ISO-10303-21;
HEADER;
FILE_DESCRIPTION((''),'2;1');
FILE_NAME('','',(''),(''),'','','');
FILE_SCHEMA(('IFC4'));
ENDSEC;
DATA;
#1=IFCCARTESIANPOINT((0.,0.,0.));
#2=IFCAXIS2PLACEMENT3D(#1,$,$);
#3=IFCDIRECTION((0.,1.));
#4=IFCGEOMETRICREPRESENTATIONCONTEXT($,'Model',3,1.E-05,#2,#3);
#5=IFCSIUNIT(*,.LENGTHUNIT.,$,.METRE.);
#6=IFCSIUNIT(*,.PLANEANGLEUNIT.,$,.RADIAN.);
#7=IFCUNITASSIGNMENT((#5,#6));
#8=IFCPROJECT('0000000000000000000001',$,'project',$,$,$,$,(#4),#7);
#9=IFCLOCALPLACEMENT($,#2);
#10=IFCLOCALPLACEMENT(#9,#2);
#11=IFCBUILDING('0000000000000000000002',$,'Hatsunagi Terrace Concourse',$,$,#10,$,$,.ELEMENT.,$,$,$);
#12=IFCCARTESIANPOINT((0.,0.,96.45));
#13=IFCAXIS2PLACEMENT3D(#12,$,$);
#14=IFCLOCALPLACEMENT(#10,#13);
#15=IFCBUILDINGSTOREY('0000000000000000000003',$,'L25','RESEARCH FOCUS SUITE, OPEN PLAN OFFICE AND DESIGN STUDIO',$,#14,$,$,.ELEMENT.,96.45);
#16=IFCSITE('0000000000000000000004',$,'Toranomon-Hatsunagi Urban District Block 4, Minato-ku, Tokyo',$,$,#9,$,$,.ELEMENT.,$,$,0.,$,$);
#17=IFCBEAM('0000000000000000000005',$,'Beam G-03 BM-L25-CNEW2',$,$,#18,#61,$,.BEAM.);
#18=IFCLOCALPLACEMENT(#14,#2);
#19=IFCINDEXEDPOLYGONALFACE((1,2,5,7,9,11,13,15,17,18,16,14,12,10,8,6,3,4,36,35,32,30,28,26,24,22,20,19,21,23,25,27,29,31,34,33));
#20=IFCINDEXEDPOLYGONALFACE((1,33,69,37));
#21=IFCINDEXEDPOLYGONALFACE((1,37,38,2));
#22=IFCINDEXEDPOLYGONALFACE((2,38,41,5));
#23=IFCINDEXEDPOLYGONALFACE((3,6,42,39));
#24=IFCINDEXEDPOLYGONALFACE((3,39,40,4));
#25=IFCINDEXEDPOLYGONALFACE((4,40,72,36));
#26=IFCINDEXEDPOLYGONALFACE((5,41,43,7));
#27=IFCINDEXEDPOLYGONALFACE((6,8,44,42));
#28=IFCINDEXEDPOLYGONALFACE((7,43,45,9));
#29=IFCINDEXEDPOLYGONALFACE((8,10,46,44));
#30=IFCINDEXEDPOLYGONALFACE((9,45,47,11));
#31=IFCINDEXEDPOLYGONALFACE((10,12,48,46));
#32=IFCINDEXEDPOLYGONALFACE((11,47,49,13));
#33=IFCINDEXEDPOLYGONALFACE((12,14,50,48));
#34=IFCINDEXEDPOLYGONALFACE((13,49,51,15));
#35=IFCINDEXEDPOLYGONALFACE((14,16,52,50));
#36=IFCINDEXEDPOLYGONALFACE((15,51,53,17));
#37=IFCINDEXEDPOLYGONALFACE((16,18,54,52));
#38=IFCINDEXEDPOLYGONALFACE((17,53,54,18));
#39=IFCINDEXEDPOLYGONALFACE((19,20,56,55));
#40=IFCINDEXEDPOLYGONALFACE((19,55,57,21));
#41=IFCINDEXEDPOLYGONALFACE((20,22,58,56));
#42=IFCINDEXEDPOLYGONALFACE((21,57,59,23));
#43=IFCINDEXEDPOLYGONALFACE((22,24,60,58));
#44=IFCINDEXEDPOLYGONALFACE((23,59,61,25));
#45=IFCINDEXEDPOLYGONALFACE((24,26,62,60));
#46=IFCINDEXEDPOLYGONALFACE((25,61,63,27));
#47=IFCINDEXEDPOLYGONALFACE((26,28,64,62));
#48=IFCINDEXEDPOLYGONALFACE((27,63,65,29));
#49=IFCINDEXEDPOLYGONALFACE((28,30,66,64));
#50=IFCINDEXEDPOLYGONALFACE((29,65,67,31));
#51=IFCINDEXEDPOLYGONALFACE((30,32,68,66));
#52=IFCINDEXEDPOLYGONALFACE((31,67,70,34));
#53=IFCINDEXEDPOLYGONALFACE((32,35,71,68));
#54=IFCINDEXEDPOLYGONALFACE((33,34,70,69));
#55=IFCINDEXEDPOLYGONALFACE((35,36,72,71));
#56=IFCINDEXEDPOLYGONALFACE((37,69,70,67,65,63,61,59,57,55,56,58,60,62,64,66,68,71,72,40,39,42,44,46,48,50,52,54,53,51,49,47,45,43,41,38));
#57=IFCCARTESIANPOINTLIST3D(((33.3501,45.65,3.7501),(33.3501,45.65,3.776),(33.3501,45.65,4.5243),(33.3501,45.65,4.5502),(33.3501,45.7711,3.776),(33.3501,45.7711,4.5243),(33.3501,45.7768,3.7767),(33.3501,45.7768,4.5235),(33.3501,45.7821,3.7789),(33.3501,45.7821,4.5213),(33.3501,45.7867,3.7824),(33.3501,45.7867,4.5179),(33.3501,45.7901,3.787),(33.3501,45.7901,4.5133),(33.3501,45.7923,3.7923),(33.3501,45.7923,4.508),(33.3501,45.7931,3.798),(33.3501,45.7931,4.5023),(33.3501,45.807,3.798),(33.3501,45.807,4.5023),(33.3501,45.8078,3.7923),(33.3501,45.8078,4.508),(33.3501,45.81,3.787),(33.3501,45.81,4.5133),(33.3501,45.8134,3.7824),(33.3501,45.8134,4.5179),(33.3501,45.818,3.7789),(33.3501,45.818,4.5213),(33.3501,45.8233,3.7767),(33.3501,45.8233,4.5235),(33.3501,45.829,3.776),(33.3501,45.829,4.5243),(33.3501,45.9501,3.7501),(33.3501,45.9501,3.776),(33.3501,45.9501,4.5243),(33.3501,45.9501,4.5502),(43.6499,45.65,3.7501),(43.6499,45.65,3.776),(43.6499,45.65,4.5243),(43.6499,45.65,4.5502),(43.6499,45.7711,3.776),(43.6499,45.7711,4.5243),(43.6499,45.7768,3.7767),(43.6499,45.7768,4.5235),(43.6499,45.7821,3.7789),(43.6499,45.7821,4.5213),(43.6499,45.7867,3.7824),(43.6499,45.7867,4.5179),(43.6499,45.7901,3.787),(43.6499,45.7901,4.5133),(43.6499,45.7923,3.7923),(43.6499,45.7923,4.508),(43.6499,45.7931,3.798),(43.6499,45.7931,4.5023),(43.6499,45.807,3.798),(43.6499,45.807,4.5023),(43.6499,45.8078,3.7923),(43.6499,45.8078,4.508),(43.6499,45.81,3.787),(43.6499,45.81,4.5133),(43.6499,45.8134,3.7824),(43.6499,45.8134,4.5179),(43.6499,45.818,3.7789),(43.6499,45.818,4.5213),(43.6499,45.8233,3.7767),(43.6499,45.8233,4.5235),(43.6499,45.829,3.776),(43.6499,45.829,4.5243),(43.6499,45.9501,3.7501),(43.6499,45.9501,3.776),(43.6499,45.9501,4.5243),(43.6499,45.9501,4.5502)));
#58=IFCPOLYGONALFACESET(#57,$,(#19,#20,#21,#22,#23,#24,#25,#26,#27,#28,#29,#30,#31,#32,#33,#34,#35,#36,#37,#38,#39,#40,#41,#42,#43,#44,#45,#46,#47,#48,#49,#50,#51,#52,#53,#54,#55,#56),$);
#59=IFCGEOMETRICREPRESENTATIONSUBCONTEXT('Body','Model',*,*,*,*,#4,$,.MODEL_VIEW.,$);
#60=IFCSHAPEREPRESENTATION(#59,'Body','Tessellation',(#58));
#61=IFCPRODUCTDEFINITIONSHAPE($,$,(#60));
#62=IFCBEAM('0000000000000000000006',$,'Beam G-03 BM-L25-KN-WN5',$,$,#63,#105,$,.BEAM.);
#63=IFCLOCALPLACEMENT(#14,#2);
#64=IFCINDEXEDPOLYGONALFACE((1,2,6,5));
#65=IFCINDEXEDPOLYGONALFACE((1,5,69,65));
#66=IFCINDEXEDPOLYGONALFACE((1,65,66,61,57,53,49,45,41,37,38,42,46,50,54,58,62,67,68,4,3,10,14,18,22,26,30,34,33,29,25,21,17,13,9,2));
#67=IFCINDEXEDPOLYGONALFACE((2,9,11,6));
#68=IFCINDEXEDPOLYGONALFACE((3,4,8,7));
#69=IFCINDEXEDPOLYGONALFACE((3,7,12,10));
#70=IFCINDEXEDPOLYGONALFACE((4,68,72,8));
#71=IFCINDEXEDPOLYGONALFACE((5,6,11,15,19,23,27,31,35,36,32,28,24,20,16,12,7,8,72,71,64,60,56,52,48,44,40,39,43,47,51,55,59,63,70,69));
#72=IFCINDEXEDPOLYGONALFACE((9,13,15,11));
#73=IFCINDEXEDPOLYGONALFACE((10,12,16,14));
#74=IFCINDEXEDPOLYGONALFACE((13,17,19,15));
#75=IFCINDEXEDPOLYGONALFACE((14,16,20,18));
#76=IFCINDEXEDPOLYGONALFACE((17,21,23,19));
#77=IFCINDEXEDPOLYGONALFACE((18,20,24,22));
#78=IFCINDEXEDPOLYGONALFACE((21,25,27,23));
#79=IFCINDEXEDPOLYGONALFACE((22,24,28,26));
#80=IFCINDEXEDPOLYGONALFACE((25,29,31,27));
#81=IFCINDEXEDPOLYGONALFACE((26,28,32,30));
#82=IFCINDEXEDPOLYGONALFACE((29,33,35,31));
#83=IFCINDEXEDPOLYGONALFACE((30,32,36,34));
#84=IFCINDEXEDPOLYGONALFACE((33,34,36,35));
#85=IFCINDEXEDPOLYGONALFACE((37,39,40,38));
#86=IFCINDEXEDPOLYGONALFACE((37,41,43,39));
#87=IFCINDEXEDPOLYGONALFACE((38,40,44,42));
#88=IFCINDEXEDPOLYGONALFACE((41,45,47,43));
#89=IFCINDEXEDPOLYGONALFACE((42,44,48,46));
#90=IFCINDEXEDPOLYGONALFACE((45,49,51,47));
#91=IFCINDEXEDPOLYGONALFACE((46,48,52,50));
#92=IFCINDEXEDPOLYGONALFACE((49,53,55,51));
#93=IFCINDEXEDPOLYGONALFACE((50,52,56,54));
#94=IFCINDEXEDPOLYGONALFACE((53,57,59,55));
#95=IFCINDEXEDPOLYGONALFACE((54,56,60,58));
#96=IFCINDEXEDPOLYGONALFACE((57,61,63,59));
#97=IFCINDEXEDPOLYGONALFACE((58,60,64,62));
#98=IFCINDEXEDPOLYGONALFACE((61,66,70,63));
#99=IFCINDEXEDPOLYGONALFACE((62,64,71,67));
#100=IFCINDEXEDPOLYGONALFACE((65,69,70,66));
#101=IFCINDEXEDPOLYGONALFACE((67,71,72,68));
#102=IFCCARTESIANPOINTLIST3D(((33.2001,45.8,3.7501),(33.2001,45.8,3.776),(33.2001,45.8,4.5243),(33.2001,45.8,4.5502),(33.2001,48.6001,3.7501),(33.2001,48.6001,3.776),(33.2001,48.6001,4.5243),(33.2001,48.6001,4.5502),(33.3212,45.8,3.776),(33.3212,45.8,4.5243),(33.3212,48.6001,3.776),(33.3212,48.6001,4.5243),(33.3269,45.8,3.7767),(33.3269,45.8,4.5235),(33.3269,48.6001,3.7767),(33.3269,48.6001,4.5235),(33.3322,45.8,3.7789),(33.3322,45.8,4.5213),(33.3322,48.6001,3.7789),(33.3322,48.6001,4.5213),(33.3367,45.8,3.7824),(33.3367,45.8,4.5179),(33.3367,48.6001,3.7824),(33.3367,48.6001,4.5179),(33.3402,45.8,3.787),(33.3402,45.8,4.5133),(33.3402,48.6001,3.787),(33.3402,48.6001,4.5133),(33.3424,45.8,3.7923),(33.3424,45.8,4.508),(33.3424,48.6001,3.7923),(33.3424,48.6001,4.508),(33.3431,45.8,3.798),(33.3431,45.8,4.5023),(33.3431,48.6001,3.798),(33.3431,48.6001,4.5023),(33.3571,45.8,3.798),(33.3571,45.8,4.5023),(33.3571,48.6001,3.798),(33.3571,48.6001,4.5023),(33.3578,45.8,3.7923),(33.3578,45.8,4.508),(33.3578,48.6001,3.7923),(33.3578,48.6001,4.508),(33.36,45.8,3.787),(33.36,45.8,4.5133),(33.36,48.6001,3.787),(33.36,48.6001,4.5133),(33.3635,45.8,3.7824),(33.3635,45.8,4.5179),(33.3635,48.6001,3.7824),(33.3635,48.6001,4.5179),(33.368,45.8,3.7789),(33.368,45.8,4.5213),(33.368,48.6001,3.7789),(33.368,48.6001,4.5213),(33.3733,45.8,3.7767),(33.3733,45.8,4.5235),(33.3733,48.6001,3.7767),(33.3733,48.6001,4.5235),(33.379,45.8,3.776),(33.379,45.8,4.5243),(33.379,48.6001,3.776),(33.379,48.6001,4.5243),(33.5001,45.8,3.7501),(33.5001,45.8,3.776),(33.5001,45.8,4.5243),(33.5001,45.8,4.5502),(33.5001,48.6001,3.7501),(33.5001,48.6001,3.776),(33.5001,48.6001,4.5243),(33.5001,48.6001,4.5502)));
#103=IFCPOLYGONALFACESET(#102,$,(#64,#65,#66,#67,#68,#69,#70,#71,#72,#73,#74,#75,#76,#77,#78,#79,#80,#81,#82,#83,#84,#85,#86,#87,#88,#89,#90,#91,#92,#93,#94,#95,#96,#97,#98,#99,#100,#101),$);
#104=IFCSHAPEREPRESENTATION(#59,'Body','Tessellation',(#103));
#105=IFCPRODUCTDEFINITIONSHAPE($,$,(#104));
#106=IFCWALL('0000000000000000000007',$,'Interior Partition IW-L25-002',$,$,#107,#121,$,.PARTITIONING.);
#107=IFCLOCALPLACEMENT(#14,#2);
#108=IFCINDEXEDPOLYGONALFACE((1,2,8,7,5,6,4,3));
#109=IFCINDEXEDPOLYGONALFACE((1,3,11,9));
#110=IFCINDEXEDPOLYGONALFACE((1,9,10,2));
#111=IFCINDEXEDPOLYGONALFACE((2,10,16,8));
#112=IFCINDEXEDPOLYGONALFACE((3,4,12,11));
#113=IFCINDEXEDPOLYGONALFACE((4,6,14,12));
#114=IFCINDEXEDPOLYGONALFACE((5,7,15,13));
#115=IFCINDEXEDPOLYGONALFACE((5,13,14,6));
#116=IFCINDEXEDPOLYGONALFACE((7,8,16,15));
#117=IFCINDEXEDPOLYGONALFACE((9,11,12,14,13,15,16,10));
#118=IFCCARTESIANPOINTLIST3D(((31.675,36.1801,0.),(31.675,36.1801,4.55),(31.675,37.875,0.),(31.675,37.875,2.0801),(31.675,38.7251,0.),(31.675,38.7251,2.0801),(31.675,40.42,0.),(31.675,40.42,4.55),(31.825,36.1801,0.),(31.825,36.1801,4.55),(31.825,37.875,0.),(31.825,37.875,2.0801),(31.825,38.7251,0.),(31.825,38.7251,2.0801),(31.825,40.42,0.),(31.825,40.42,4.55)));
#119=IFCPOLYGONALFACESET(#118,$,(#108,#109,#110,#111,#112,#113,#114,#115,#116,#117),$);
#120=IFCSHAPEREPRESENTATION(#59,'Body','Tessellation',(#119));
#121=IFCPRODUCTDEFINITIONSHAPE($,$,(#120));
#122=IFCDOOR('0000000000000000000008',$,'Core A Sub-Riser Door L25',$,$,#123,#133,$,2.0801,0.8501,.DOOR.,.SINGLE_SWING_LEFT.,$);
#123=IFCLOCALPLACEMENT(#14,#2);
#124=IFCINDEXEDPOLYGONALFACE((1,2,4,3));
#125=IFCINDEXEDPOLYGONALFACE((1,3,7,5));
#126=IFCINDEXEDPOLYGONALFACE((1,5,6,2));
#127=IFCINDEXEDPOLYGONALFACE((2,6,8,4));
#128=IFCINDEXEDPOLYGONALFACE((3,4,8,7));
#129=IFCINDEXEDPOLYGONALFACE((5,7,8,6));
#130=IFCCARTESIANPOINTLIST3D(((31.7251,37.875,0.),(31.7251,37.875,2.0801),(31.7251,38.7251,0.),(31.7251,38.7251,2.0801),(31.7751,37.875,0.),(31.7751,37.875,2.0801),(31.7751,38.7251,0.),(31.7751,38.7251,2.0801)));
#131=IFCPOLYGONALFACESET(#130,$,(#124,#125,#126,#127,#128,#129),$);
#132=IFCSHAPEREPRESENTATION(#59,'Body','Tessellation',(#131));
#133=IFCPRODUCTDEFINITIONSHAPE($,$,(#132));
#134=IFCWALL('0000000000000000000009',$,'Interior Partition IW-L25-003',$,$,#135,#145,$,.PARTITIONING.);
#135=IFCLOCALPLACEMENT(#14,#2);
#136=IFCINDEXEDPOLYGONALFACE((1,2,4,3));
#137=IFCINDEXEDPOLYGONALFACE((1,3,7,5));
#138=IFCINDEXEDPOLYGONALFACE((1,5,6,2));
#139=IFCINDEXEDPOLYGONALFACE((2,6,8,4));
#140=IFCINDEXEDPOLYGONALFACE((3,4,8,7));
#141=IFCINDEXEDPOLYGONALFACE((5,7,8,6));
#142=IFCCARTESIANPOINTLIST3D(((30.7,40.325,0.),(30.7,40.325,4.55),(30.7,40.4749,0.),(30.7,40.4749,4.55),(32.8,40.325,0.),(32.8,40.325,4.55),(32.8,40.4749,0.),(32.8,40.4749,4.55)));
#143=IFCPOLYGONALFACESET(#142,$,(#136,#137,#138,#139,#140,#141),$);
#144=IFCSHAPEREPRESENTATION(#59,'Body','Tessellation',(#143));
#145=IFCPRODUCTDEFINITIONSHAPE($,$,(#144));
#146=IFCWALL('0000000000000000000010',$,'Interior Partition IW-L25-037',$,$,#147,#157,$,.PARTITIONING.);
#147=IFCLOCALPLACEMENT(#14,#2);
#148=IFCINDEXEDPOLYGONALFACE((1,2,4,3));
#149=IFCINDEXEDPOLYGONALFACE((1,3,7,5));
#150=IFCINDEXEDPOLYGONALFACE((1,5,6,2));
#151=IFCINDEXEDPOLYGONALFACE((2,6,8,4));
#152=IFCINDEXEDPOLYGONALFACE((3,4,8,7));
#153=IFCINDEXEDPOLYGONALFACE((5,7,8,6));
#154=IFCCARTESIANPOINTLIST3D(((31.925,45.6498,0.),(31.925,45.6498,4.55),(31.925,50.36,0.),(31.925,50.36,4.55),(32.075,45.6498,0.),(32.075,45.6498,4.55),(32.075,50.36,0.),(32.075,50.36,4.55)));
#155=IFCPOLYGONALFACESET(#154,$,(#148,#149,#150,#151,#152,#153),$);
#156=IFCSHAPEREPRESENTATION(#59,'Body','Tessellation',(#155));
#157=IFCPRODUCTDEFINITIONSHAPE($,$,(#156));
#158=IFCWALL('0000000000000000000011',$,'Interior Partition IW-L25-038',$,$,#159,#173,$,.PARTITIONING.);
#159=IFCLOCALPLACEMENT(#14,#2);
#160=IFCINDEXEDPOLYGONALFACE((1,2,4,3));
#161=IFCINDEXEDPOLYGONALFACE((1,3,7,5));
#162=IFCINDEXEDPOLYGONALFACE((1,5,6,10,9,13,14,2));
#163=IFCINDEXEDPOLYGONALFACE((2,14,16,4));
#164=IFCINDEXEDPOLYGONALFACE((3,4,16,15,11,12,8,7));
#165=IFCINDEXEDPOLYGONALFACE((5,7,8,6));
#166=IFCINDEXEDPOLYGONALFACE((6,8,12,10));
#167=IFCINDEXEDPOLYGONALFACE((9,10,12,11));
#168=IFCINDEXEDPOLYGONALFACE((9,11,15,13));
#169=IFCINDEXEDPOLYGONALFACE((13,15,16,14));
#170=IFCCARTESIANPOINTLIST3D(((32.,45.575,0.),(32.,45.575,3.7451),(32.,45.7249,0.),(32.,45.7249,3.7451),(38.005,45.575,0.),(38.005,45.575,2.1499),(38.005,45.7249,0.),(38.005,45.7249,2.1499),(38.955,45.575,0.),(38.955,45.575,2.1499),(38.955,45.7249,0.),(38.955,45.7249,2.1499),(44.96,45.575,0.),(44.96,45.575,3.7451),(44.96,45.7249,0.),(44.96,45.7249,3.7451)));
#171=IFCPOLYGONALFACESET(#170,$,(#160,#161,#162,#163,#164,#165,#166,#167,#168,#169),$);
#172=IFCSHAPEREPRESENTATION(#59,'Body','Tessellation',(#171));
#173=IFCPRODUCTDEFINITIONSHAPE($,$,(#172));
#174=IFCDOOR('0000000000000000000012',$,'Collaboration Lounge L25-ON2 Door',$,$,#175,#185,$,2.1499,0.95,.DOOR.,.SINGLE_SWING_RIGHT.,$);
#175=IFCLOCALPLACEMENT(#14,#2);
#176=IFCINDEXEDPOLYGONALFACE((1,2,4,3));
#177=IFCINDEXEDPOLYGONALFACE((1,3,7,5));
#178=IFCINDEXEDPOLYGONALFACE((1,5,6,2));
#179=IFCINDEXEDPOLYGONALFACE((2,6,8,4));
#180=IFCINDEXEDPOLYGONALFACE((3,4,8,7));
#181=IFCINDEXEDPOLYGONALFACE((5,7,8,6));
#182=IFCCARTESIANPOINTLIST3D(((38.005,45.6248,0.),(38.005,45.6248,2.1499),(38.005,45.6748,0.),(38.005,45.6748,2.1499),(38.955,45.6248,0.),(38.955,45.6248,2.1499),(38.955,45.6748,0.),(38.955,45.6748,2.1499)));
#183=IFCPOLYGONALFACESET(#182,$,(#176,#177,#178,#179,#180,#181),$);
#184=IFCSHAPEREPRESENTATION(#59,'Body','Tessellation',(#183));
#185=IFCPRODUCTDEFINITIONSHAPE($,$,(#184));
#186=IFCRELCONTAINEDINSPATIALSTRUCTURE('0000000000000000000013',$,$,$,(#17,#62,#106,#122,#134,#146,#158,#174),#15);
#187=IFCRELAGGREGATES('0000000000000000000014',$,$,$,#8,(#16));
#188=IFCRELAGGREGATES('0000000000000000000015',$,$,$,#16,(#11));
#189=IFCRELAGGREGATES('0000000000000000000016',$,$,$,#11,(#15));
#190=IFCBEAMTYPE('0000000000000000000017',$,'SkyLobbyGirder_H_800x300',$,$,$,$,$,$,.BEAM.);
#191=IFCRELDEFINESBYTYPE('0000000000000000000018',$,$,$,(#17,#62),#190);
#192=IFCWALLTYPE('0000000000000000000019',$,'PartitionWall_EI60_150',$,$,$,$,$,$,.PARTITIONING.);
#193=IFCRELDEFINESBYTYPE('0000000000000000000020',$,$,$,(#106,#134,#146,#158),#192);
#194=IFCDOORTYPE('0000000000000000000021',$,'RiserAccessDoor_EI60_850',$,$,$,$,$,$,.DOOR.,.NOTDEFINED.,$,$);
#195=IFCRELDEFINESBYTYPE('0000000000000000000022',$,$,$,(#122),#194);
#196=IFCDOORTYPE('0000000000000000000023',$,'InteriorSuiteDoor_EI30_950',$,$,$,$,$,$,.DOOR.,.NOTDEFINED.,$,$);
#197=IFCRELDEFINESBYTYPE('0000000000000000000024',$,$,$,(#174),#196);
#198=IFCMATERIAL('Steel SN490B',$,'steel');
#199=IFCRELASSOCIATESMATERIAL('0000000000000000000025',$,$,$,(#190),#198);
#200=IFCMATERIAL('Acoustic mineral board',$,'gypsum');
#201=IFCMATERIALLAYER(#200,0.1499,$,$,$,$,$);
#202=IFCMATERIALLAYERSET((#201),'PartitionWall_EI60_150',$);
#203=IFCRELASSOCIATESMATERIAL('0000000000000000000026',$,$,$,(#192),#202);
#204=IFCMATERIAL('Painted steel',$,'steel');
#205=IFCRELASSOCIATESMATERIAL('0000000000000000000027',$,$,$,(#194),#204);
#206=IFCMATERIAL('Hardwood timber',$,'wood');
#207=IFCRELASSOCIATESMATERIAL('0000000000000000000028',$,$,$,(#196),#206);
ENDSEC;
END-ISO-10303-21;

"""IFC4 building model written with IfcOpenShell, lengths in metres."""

from ifc_helpers import new_model, si_unit, direction, frame, frame_2d, origin, origin_2d, place, context, subcontext, project, spatial, rectangle, i_section, extrude, material, layer, layer_set, material_profile, profile_set, type_object, element, fill, save


model = new_model("IFC4")

# Units and contexts
model_context = context("Model", 3, precision=1e-05, world=origin(), true_north=direction((0.0, 1.0)))
body_context = subcontext(model_context, "Body", "Model", "MODEL_VIEW")
ifc_project = project(units=[si_unit("LENGTHUNIT", "METRE"), si_unit("PLANEANGLEUNIT", "RADIAN")], contexts=[model_context])

# Site, building, storey
site_placement = place(None, origin())
site = spatial("IfcSite", under=ifc_project, at=site_placement, Name="Toranomon-Hatsunagi Urban District Block 4, Minato-ku, Tokyo", CompositionType="ELEMENT", RefElevation=0.0)
building_placement = place(site_placement, origin())
building = spatial("IfcBuilding", under=site, at=building_placement, Name="Hatsunagi Terrace Concourse", CompositionType="ELEMENT")
storey_placement = place(building_placement, frame((0.0, 0.0, 96.45)))
storey = spatial("IfcBuildingStorey", under=building, at=storey_placement, Name="L25", Description="RESEARCH FOCUS SUITE, OPEN PLAN OFFICE AND DESIGN STUDIO", CompositionType="ELEMENT", Elevation=96.45)

# Beams
ifc_material_1 = material(Name="Steel SN490B", Category="steel")
ifc_material_profile_1 = material_profile(ifc_material_1, i_section(OverallWidth=0.3, OverallDepth=0.8, WebThickness=0.0139, FlangeThickness=0.0259, FilletRadius=0.022, at=origin_2d()), Name="H-800x300x14x26")
ifc_profile_set_1 = profile_set([ifc_material_profile_1], Name="Steel SN490B")
beam_type_1 = type_object("IfcBeamType", Name="SkyLobbyGirder_H_800x300", PredefinedType="BEAM", material=ifc_profile_set_1)
beam_1_placement = place(storey_placement, frame((33.3501, 45.8, 4.1501), z_axis=(1.0, 0.0, 0.0), x_axis=(0.0, 1.0, 0.0)))
element("IfcBeam", 1, at=beam_1_placement, inside=storey, type_object=beam_type_1, Name="Beam G-03 BM-L25-CNEW2", PredefinedType="BEAM", context=body_context, shape_type="SweptSolid", body=[
    extrude(i_section(OverallWidth=0.3, OverallDepth=0.8, WebThickness=0.0139, FlangeThickness=0.0259, FilletRadius=0.022, at=origin_2d()), origin(), (0.0, 0.0, 1.0), 10.2998),
])
beam_2_placement = place(storey_placement, frame((33.3501, 45.8, 4.1501), z_axis=(0.0, 1.0, 0.0), x_axis=(-1.0, 0.0, 0.0)))
element("IfcBeam", 2, at=beam_2_placement, inside=storey, type_object=beam_type_1, Name="Beam G-03 BM-L25-KN-WN5", PredefinedType="BEAM", context=body_context, shape_type="SweptSolid", body=[
    extrude(i_section(OverallWidth=0.3, OverallDepth=0.8, WebThickness=0.0139, FlangeThickness=0.0259, FilletRadius=0.022, at=origin_2d()), origin(), (0.0, 0.0, 1.0), 2.8),
])

# Wall, opening, door
ifc_material_2 = material(Name="Acoustic mineral board", Category="gypsum")
ifc_layer_1 = layer(ifc_material_2, 0.1499)
ifc_layer_set_1 = layer_set([ifc_layer_1], Name="PartitionWall_EI60_150")
wall_type_1 = type_object("IfcWallType", Name="PartitionWall_EI60_150", PredefinedType="PARTITIONING", material=ifc_layer_set_1)
wall_1_placement = place(storey_placement, frame((31.75, 36.1799, 0.0), z_axis=(0.0, 0.0, 1.0), x_axis=(0.0, 1.0, 0.0)))
wall_1 = element("IfcWall", 3, at=wall_1_placement, inside=storey, type_object=wall_type_1, Name="Interior Partition IW-L25-002", PredefinedType="PARTITIONING", context=body_context, shape_type="SweptSolid", body=[
    extrude(rectangle(XDim=4.24, YDim=0.1499, at=frame_2d((2.1201, 0.0))), origin(), (0.0, 0.0, 1.0), 4.55),
])
opening_1_placement = place(wall_1_placement, frame((1.6951, 0.0, 0.0)))
opening_1 = element("IfcOpeningElement", 4, at=opening_1_placement, cuts=wall_1, PredefinedType="OPENING", context=body_context, shape_type="SweptSolid", body=[
    extrude(rectangle(XDim=0.8501, YDim=2.0801, at=frame_2d((0.425, 1.04))), frame((0.0, 0.085, 0.0), z_axis=(0.0, -1.0, 0.0), x_axis=(1.0, 0.0, 0.0)), (0.0, 0.0, 1.0), 0.1699),
])
ifc_material_3 = material(Name="Painted steel", Category="steel")
door_type_1 = type_object("IfcDoorType", Name="RiserAccessDoor_EI60_850", OperationType="NOTDEFINED", PredefinedType="DOOR", material=ifc_material_3)
door_1_placement = place(opening_1_placement, origin())
door_1 = element("IfcDoor", 5, at=door_1_placement, inside=storey, type_object=door_type_1, Name="Core A Sub-Riser Door L25", OperationType="SINGLE_SWING_LEFT", OverallHeight=2.0801, OverallWidth=0.8501, PredefinedType="DOOR", context=body_context, shape_type="SweptSolid", body=[
    extrude(rectangle(XDim=0.8501, YDim=2.0801, at=frame_2d((0.425, 1.04))), frame((0.0, 0.0249, 0.0), z_axis=(0.0, -1.0, 0.0), x_axis=(1.0, 0.0, 0.0)), (0.0, 0.0, 1.0), 0.05),
])
fill(opening_1, door_1)

# Walls
wall_2_placement = place(storey_placement, frame((30.7, 40.3999, 0.0), z_axis=(0.0, 0.0, 1.0), x_axis=(1.0, 0.0, 0.0)))
element("IfcWall", 6, at=wall_2_placement, inside=storey, type_object=wall_type_1, Name="Interior Partition IW-L25-003", PredefinedType="PARTITIONING", context=body_context, shape_type="SweptSolid", body=[
    extrude(rectangle(XDim=2.1001, YDim=0.1499, at=frame_2d((1.05, 0.0))), origin(), (0.0, 0.0, 1.0), 4.55),
])
wall_3_placement = place(storey_placement, frame((32.0, 45.6499, 0.0), z_axis=(0.0, 0.0, 1.0), x_axis=(0.0, 1.0, 0.0)))
element("IfcWall", 7, at=wall_3_placement, inside=storey, type_object=wall_type_1, Name="Interior Partition IW-L25-037", PredefinedType="PARTITIONING", context=body_context, shape_type="SweptSolid", body=[
    extrude(rectangle(XDim=4.7102, YDim=0.1499, at=frame_2d((2.355, 0.0))), origin(), (0.0, 0.0, 1.0), 4.55),
])

# Wall, opening, door
wall_4_placement = place(storey_placement, frame((32.0, 45.6499, 0.0), z_axis=(0.0, 0.0, 1.0), x_axis=(1.0, 0.0, 0.0)))
wall_4 = element("IfcWall", 8, at=wall_4_placement, inside=storey, type_object=wall_type_1, Name="Interior Partition IW-L25-038", PredefinedType="PARTITIONING", context=body_context, shape_type="SweptSolid", body=[
    extrude(rectangle(XDim=12.96, YDim=0.1499, at=frame_2d((6.48, 0.0))), origin(), (0.0, 0.0, 1.0), 3.7451),
])
opening_2_placement = place(wall_4_placement, frame((6.0049, 0.0, 0.0)))
opening_2 = element("IfcOpeningElement", 9, at=opening_2_placement, cuts=wall_4, PredefinedType="OPENING", context=body_context, shape_type="SweptSolid", body=[
    extrude(rectangle(XDim=0.95, YDim=2.1499, at=frame_2d((0.4751, 1.075))), frame((0.0, 0.085, 0.0), z_axis=(0.0, -1.0, 0.0), x_axis=(1.0, 0.0, 0.0)), (0.0, 0.0, 1.0), 0.1699),
])
ifc_material_4 = material(Name="Hardwood timber", Category="wood")
door_type_2 = type_object("IfcDoorType", Name="InteriorSuiteDoor_EI30_950", OperationType="NOTDEFINED", PredefinedType="DOOR", material=ifc_material_4)
door_2_placement = place(opening_2_placement, origin())
door_2 = element("IfcDoor", 10, at=door_2_placement, inside=storey, type_object=door_type_2, Name="Collaboration Lounge L25-ON2 Door", OperationType="SINGLE_SWING_RIGHT", OverallHeight=2.1499, OverallWidth=0.95, PredefinedType="DOOR", context=body_context, shape_type="SweptSolid", body=[
    extrude(rectangle(XDim=0.95, YDim=2.1499, at=frame_2d((0.4751, 1.075))), frame((0.0, 0.0249, 0.0), z_axis=(0.0, -1.0, 0.0), x_axis=(1.0, 0.0, 0.0)), (0.0, 0.0, 1.0), 0.05),
])
fill(opening_2, door_2)

save(model, "model.ifc")
